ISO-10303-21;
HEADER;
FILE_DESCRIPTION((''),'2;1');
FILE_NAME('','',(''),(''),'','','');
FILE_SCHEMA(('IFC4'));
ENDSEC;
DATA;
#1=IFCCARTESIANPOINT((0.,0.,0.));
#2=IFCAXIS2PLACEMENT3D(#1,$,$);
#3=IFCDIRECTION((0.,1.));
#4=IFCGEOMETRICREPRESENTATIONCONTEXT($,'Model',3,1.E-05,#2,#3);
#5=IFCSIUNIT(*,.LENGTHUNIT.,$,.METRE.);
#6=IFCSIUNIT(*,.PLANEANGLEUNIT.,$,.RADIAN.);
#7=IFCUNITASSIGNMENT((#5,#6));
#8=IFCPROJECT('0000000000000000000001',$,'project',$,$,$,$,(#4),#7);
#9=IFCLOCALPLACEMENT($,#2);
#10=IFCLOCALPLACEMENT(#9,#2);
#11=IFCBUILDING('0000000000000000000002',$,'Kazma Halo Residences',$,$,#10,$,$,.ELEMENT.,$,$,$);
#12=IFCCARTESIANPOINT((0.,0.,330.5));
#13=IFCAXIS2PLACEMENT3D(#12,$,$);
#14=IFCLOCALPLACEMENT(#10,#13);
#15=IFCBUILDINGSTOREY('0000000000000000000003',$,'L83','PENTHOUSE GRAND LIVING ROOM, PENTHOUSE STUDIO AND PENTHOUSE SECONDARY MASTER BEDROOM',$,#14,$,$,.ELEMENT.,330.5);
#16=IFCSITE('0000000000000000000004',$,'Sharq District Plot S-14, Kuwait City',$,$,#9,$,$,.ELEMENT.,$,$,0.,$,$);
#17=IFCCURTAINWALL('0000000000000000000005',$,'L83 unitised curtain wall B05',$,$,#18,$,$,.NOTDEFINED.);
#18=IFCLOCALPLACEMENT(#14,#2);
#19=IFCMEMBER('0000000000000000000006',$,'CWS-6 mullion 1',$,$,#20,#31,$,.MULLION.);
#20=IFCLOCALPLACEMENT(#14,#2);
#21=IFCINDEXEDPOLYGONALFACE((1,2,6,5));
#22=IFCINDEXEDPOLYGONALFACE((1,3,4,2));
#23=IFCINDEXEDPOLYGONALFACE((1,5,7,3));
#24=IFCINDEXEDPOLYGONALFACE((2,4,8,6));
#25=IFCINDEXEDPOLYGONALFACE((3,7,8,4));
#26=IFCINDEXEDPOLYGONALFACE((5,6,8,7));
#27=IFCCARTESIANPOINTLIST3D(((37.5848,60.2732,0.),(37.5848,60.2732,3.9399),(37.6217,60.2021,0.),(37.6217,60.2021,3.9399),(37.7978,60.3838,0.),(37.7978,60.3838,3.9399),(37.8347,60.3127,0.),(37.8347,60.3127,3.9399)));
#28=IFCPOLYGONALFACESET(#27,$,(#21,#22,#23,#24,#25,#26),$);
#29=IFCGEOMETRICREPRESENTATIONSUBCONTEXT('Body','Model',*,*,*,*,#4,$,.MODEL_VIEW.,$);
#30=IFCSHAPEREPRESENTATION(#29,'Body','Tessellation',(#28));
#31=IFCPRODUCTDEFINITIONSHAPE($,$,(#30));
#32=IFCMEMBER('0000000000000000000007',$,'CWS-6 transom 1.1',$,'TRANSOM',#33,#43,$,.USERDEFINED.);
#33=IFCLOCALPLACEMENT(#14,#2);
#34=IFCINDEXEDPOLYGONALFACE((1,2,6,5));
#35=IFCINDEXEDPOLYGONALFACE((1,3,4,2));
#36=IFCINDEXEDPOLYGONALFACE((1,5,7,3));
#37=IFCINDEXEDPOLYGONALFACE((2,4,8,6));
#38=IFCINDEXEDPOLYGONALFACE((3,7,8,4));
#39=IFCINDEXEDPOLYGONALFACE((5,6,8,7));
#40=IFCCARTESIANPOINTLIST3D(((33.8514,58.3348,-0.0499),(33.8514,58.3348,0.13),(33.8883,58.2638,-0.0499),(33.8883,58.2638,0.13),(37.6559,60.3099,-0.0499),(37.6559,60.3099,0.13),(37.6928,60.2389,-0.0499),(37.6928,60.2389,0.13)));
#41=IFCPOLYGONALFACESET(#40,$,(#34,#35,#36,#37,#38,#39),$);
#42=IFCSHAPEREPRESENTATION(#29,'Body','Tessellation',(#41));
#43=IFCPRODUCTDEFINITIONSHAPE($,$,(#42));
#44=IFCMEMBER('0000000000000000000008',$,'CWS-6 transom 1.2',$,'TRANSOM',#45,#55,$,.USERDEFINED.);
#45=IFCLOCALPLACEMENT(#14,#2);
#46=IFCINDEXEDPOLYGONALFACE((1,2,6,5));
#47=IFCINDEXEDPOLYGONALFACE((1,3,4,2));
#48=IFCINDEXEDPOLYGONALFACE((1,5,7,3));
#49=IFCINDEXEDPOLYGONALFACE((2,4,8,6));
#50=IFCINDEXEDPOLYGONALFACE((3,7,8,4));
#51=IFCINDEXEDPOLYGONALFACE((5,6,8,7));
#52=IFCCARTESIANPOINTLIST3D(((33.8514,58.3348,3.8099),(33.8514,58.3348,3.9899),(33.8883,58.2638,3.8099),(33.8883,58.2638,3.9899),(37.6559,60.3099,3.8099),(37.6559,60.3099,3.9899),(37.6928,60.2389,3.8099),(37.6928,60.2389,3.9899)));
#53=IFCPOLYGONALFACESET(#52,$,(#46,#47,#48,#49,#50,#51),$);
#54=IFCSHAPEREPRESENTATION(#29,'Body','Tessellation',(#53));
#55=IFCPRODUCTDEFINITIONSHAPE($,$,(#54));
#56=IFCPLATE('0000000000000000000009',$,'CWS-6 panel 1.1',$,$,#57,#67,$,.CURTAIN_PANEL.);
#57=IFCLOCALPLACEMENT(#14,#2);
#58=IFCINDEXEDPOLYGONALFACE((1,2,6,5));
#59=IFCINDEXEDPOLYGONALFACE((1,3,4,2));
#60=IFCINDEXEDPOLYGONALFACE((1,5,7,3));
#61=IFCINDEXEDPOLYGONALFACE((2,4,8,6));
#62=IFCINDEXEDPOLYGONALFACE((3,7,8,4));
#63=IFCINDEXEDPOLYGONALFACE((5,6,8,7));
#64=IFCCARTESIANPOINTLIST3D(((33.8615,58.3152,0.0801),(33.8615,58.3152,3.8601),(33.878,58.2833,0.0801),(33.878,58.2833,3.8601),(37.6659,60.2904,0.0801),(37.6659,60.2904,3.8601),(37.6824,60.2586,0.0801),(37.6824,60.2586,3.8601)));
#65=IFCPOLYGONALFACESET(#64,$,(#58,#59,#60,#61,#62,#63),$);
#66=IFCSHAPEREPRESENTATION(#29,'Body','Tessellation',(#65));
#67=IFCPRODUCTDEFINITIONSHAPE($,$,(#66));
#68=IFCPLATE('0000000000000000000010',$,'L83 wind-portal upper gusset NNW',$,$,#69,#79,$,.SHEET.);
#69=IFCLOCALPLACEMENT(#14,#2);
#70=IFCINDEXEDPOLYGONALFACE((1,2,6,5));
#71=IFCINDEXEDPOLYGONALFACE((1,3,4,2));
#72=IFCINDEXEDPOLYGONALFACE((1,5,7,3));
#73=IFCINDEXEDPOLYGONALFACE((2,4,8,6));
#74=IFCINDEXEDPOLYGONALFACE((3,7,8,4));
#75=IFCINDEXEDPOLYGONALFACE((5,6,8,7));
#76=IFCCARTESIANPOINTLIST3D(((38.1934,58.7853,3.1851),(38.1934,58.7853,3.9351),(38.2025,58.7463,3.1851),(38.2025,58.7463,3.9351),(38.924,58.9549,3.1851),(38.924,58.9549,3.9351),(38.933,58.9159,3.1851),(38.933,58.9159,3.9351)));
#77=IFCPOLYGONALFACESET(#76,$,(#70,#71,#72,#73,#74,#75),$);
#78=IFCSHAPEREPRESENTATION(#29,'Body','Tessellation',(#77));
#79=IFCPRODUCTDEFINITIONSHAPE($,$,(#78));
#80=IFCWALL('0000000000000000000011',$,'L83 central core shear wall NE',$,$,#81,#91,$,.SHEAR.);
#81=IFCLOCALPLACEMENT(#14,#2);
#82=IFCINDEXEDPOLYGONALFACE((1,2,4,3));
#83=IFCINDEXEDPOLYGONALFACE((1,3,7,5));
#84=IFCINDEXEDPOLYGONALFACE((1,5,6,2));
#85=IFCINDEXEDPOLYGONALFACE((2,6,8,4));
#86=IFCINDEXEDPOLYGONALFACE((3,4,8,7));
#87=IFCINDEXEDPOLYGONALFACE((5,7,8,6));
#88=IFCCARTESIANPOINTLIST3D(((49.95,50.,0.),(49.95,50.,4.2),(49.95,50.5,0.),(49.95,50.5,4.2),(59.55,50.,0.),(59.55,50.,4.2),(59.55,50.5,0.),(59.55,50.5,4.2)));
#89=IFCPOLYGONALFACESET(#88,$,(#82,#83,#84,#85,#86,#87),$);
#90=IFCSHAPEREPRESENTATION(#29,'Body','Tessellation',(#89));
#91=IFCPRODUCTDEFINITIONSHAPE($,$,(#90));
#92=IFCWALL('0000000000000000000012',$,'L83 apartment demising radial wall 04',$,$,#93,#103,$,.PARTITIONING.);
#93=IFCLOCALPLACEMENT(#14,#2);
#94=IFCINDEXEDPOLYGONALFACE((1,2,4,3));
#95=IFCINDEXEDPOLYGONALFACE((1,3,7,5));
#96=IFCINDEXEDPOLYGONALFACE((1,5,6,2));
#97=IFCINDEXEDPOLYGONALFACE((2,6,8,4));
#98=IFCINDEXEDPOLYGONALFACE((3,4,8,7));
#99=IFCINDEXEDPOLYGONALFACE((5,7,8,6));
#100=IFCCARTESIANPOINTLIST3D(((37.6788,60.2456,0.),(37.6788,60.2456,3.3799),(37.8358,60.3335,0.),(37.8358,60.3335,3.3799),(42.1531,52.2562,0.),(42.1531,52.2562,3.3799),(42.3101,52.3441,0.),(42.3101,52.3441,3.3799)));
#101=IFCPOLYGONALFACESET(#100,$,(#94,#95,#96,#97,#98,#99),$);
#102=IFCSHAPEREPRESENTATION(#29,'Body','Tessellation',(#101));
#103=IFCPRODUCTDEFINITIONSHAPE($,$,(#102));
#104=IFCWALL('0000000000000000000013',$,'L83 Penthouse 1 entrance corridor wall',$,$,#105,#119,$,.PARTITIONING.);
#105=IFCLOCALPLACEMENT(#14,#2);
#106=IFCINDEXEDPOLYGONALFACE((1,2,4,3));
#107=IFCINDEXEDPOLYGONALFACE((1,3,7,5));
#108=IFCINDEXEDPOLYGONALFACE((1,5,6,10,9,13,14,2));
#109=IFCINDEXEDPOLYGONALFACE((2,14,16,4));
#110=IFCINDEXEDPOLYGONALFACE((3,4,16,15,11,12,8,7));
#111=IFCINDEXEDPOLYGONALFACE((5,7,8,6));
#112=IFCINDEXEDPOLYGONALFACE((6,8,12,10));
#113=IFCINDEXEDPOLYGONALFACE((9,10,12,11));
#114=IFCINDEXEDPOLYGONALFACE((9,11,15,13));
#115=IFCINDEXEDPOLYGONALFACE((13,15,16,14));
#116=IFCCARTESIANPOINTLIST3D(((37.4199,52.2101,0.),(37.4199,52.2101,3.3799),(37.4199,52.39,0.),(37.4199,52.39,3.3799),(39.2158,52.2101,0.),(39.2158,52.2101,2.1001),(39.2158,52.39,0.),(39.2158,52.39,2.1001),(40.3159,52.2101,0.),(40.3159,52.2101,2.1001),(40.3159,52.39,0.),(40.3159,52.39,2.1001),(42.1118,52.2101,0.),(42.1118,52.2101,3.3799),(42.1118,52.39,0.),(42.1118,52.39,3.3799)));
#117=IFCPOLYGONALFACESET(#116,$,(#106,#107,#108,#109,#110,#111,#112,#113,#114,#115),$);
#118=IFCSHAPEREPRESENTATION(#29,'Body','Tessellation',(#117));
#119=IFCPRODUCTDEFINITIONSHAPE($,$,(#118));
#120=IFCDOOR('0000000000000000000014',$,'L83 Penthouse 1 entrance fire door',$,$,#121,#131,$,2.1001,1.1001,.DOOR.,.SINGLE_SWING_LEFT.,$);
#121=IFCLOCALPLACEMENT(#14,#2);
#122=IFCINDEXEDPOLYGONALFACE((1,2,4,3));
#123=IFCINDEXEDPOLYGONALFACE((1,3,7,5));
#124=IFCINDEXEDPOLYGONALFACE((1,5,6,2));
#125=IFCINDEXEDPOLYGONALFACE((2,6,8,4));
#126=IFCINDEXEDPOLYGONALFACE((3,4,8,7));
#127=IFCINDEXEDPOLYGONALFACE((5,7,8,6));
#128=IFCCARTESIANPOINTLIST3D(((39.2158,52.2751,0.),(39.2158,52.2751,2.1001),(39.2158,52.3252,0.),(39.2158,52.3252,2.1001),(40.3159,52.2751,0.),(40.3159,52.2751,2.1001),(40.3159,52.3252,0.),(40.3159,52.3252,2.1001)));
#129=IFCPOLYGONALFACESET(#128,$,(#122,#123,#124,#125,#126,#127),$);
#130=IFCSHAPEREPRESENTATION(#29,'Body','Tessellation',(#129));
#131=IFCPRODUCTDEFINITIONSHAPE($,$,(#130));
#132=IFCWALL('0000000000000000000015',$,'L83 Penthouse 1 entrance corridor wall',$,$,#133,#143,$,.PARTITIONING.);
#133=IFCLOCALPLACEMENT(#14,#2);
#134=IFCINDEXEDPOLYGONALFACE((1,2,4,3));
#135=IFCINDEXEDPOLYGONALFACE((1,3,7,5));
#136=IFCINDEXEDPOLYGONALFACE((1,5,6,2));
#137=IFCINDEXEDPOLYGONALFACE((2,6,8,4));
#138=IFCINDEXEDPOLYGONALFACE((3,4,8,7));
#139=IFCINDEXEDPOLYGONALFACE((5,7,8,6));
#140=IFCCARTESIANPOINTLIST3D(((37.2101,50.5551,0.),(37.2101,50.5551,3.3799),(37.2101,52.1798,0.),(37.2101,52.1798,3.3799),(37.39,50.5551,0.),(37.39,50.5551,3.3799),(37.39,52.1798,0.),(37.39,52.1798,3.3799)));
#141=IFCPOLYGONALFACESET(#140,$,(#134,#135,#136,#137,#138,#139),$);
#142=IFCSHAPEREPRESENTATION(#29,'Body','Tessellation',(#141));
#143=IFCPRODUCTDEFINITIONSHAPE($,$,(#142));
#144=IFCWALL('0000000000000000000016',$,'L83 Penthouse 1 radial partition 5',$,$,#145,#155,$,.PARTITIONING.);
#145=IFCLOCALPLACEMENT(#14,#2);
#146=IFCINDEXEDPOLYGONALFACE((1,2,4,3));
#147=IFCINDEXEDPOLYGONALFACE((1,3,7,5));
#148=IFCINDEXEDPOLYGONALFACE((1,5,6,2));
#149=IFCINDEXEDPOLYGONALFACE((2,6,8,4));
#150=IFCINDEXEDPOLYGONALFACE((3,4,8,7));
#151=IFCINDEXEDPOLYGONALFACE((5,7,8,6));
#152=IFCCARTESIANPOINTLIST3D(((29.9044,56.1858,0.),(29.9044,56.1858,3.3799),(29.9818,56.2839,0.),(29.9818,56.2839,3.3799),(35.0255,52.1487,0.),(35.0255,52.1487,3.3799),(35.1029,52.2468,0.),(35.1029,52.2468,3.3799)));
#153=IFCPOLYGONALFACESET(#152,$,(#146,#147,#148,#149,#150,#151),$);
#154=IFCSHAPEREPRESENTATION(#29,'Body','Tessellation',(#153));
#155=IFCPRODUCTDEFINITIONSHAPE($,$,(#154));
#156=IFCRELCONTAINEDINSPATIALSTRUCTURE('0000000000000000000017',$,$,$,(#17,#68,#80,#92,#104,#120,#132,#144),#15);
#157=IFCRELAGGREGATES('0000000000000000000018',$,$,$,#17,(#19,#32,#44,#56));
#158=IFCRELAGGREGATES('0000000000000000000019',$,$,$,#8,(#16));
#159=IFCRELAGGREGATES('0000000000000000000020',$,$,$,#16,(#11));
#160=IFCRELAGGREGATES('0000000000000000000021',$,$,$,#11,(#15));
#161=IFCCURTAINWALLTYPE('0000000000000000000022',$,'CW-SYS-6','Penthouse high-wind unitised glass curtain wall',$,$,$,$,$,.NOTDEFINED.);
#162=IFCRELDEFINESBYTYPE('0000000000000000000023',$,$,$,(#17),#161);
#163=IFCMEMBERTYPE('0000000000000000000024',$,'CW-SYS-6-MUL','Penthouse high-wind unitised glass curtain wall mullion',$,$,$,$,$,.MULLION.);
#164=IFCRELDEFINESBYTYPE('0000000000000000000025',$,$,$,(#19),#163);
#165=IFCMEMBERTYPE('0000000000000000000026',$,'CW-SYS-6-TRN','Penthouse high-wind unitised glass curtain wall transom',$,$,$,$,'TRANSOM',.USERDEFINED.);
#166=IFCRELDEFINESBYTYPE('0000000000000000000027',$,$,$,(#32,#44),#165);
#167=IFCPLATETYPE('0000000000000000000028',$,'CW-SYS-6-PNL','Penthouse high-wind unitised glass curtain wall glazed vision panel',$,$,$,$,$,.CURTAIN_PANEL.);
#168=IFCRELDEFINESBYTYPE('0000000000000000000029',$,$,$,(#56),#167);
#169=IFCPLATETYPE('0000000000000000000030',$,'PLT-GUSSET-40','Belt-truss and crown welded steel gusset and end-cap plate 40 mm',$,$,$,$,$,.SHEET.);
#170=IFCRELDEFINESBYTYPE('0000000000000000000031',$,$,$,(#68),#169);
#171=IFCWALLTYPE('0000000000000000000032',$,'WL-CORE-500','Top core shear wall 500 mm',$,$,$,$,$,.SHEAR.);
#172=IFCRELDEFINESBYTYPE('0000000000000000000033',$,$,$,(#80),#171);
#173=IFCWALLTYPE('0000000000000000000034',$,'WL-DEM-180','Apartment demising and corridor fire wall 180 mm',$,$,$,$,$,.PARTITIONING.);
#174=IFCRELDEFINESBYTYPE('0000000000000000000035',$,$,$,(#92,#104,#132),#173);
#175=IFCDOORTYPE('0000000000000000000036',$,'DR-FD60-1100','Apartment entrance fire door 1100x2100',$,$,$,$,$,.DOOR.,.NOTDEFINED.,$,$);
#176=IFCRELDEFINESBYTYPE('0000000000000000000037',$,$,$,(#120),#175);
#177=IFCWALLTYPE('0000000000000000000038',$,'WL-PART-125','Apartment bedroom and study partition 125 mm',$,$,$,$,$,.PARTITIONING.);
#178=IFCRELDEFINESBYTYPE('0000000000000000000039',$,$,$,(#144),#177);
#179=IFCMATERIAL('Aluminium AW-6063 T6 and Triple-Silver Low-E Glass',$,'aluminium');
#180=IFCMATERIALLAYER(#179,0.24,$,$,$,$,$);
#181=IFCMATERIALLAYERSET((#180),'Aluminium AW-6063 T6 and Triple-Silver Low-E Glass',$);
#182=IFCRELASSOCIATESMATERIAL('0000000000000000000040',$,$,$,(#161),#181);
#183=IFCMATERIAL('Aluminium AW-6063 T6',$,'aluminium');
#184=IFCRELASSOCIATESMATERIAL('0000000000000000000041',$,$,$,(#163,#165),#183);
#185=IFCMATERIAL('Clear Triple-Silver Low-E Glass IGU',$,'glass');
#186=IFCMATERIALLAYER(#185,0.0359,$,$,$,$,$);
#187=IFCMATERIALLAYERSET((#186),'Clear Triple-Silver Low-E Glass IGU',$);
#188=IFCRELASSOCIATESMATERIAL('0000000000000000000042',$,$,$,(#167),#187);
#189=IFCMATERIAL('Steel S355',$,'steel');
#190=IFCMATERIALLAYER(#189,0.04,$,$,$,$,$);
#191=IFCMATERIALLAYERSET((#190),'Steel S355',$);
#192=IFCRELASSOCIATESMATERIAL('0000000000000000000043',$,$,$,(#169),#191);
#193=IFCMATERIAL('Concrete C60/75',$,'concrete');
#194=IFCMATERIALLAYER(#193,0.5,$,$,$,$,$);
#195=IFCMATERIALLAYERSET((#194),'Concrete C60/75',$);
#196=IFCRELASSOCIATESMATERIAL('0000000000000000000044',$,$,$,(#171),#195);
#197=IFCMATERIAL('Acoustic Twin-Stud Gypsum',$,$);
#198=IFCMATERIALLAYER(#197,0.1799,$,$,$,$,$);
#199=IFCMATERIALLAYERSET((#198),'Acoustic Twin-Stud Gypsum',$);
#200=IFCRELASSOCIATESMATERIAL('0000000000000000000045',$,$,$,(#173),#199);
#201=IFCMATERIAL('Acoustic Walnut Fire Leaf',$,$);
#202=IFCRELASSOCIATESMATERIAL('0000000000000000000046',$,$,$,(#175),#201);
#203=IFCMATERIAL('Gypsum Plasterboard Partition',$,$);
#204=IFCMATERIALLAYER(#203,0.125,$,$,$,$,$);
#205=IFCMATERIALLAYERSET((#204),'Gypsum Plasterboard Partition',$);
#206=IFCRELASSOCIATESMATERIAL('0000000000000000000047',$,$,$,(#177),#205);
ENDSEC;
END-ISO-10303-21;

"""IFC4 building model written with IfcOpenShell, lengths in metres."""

from ifc_helpers import new_model, si_unit, direction, frame, frame_2d, origin, origin_2d, place, context, subcontext, project, spatial, rectangle, extrude, material, layer, layer_set, material_profile, profile_set, type_object, element, fill, aggregate, save


model = new_model("IFC4")

# Units and contexts
model_context = context("Model", 3, precision=1e-05, world=origin(), true_north=direction((0.0, 1.0)))
body_context = subcontext(model_context, "Body", "Model", "MODEL_VIEW")
ifc_project = project(units=[si_unit("LENGTHUNIT", "METRE"), si_unit("PLANEANGLEUNIT", "RADIAN")], contexts=[model_context])

# Site, building, storey
site_placement = place(None, origin())
site = spatial("IfcSite", under=ifc_project, at=site_placement, Name="Sharq District Plot S-14, Kuwait City", CompositionType="ELEMENT", RefElevation=0.0)
building_placement = place(site_placement, origin())
building = spatial("IfcBuilding", under=site, at=building_placement, Name="Kazma Halo Residences", CompositionType="ELEMENT")
storey_placement = place(building_placement, frame((0.0, 0.0, 330.5)))
storey = spatial("IfcBuildingStorey", under=building, at=storey_placement, Name="L83", Description="PENTHOUSE GRAND LIVING ROOM, PENTHOUSE STUDIO AND PENTHOUSE SECONDARY MASTER BEDROOM", CompositionType="ELEMENT", Elevation=330.5)

# Shared definitions
ifc_material_1 = material(Name="Concrete C60/75", Category="concrete")

# Shared definitions
ifc_material_2 = material(Name="Steel S355", Category="steel")

# Curtain wall, members, plate
ifc_material_3 = material(Name="Aluminium AW-6063 T6 and Triple-Silver Low-E Glass", Category="aluminium")
ifc_layer_1 = layer(ifc_material_3, 0.24)
ifc_layer_set_1 = layer_set([ifc_layer_1], Name="Aluminium AW-6063 T6 and Triple-Silver Low-E Glass")
curtain_wall_type = type_object("IfcCurtainWallType", Name="CW-SYS-6", Description="Penthouse high-wind unitised glass curtain wall", PredefinedType="NOTDEFINED", material=ifc_layer_set_1)
curtain_wall_placement = place(storey_placement, origin())
curtain_wall = element("IfcCurtainWall", 1, at=curtain_wall_placement, inside=storey, type_object=curtain_wall_type, Name="L83 unitised curtain wall B05", PredefinedType="NOTDEFINED")
ifc_material_4 = material(Name="Aluminium AW-6063 T6", Category="aluminium")
ifc_material_profile_1 = material_profile(ifc_material_4, rectangle(XDim=0.0801, YDim=0.24, at=origin_2d()), Name="CWM-80x240")
ifc_profile_set_1 = profile_set([ifc_material_profile_1], Name="Aluminium AW-6063 T6")
member_type_1 = type_object("IfcMemberType", Name="CW-SYS-6-MUL", Description="Penthouse high-wind unitised glass curtain wall mullion", PredefinedType="MULLION", material=ifc_profile_set_1)
member_1_placement = place(storey_placement, frame((37.7097, 60.293, 0.0), z_axis=(0.0, 0.0, 1.0), x_axis=(0.460796, -0.887506, 0.0)))
member_1 = element("IfcMember", 2, at=member_1_placement, type_object=member_type_1, Name="CWS-6 mullion 1", PredefinedType="MULLION", context=body_context, shape_type="SweptSolid", body=[
    extrude(rectangle(XDim=0.0801, YDim=0.24, at=origin_2d()), origin(), (0.0, 0.0, 1.0), 3.9399),
])
ifc_material_profile_2 = material_profile(ifc_material_4, rectangle(XDim=0.0801, YDim=0.1799, at=origin_2d()), Name="CWT-80x180")
ifc_profile_set_2 = profile_set([ifc_material_profile_2], Name="Aluminium AW-6063 T6")
member_type_2 = type_object("IfcMemberType", Name="CW-SYS-6-TRN", Description="Penthouse high-wind unitised glass curtain wall transom", ElementType="TRANSOM", PredefinedType="USERDEFINED", material=ifc_profile_set_2)
member_2_placement = place(storey_placement, frame((37.6743, 60.2744, 0.04), z_axis=(-0.887523, -0.460763, 0.0), x_axis=(0.460763, -0.887523, 0.0)))
member_2 = element("IfcMember", 3, at=member_2_placement, type_object=member_type_2, Name="CWS-6 transom 1.1", ObjectType="TRANSOM", PredefinedType="USERDEFINED", context=body_context, shape_type="SweptSolid", body=[
    extrude(rectangle(XDim=0.0801, YDim=0.1799, at=origin_2d()), origin(), (0.0, 0.0, 1.0), 4.2866),
])
member_3_placement = place(storey_placement, frame((37.6743, 60.2744, 3.8999), z_axis=(-0.887523, -0.460763, 0.0), x_axis=(0.460763, -0.887523, 0.0)))
member_3 = element("IfcMember", 4, at=member_3_placement, type_object=member_type_2, Name="CWS-6 transom 1.2", ObjectType="TRANSOM", PredefinedType="USERDEFINED", context=body_context, shape_type="SweptSolid", body=[
    extrude(rectangle(XDim=0.0801, YDim=0.1799, at=origin_2d()), origin(), (0.0, 0.0, 1.0), 4.2866),
])
ifc_material_5 = material(Name="Clear Triple-Silver Low-E Glass IGU", Category="glass")
ifc_layer_2 = layer(ifc_material_5, 0.0359)
ifc_layer_set_2 = layer_set([ifc_layer_2], Name="Clear Triple-Silver Low-E Glass IGU")
plate_type_1 = type_object("IfcPlateType", Name="CW-SYS-6-PNL", Description="Penthouse high-wind unitised glass curtain wall glazed vision panel", PredefinedType="CURTAIN_PANEL", material=ifc_layer_set_2)
plate_1_placement = place(storey_placement, frame((35.772, 59.2869, 0.0801), z_axis=(0.0, 0.0, 1.0), x_axis=(-0.887506, -0.460796, 0.0)))
plate_1 = element("IfcPlate", 5, at=plate_1_placement, type_object=plate_type_1, Name="CWS-6 panel 1.1", PredefinedType="CURTAIN_PANEL", context=body_context, shape_type="SweptSolid", body=[
    extrude(rectangle(XDim=4.2866, YDim=0.0359, at=origin_2d()), origin(), (0.0, 0.0, 1.0), 3.78),
])
aggregate(curtain_wall, [member_1, member_2, member_3, plate_1])

# Plate
ifc_layer_3 = layer(ifc_material_2, 0.04)
ifc_layer_set_3 = layer_set([ifc_layer_3], Name="Steel S355")
plate_type_2 = type_object("IfcPlateType", Name="PLT-GUSSET-40", Description="Belt-truss and crown welded steel gusset and end-cap plate 40 mm", PredefinedType="SHEET", material=ifc_layer_set_3)
plate_2_placement = place(storey_placement, frame((38.5632, 58.8506, 3.1851), z_axis=(0.0, 0.0, 1.0), x_axis=(-0.974084, -0.226188, 0.0)))
element("IfcPlate", 6, at=plate_2_placement, inside=storey, type_object=plate_type_2, Name="L83 wind-portal upper gusset NNW", PredefinedType="SHEET", context=body_context, shape_type="SweptSolid", body=[
    extrude(rectangle(XDim=0.75, YDim=0.04, at=origin_2d()), origin(), (0.0, 0.0, 1.0), 0.75),
])

# Walls
ifc_layer_4 = layer(ifc_material_1, 0.5)
ifc_layer_set_4 = layer_set([ifc_layer_4], Name="Concrete C60/75")
wall_type_1 = type_object("IfcWallType", Name="WL-CORE-500", Description="Top core shear wall 500 mm", PredefinedType="SHEAR", material=ifc_layer_set_4)
wall_1_placement = place(storey_placement, frame((49.95, 50.25, 0.0), z_axis=(0.0, 0.0, 1.0), x_axis=(1.0, 0.0, 0.0)))
element("IfcWall", 7, at=wall_1_placement, inside=storey, type_object=wall_type_1, Name="L83 central core shear wall NE", PredefinedType="SHEAR", context=body_context, shape_type="SweptSolid", body=[
    extrude(rectangle(XDim=9.6001, YDim=0.5, at=frame_2d((4.8, 0.0))), origin(), (0.0, 0.0, 1.0), 4.2),
])
ifc_material_6 = material(Name="Acoustic Twin-Stud Gypsum")
ifc_layer_5 = layer(ifc_material_6, 0.1799)
ifc_layer_set_5 = layer_set([ifc_layer_5], Name="Acoustic Twin-Stud Gypsum")
wall_type_2 = type_object("IfcWallType", Name="WL-DEM-180", Description="Apartment demising and corridor fire wall 180 mm", PredefinedType="PARTITIONING", material=ifc_layer_set_5)
wall_2_placement = place(storey_placement, frame((42.2317, 52.3, 0.0), z_axis=(0.0, 0.0, 1.0), x_axis=(-0.488624, 0.872495, 0.0)))
element("IfcWall", 8, at=wall_2_placement, inside=storey, type_object=wall_type_2, Name="L83 apartment demising radial wall 04", PredefinedType="PARTITIONING", context=body_context, shape_type="SweptSolid", body=[
    extrude(rectangle(XDim=9.157, YDim=0.1799, at=frame_2d((4.5786, 0.0))), origin(), (0.0, 0.0, 1.0), 3.3799),
])

# Wall, opening, door
wall_3_placement = place(storey_placement, frame((42.1118, 52.3, 0.0), z_axis=(0.0, 0.0, 1.0), x_axis=(-1.0, 0.0, 0.0)))
wall_3 = element("IfcWall", 9, at=wall_3_placement, inside=storey, type_object=wall_type_2, Name="L83 Penthouse 1 entrance corridor wall", PredefinedType="PARTITIONING", context=body_context, shape_type="SweptSolid", body=[
    extrude(rectangle(XDim=4.6919, YDim=0.1799, at=frame_2d((2.3459, 0.0))), origin(), (0.0, 0.0, 1.0), 3.3799),
])
opening_1_placement = place(wall_3_placement, frame((1.7959, 0.0, 0.0)))
opening_1 = element("IfcOpeningElement", 10, at=opening_1_placement, cuts=wall_3, PredefinedType="OPENING", context=body_context, shape_type="SweptSolid", body=[
    extrude(rectangle(XDim=1.1001, YDim=2.1001, at=frame_2d((0.55, 1.05))), frame((0.0, 0.0999, 0.0), z_axis=(0.0, -1.0, 0.0), x_axis=(1.0, 0.0, 0.0)), (0.0, 0.0, 1.0), 0.2),
])
ifc_material_7 = material(Name="Acoustic Walnut Fire Leaf")
door_type_1 = type_object("IfcDoorType", Name="DR-FD60-1100", Description="Apartment entrance fire door 1100x2100", OperationType="NOTDEFINED", PredefinedType="DOOR", material=ifc_material_7)
door_1_placement = place(opening_1_placement, origin())
door_1 = element("IfcDoor", 11, at=door_1_placement, inside=storey, type_object=door_type_1, Name="L83 Penthouse 1 entrance fire door", OperationType="SINGLE_SWING_LEFT", OverallHeight=2.1001, OverallWidth=1.1001, PredefinedType="DOOR", context=body_context, shape_type="SweptSolid", body=[
    extrude(rectangle(XDim=1.1001, YDim=2.1001, at=frame_2d((0.55, 1.05))), frame((0.0, 0.0249, 0.0), z_axis=(0.0, -1.0, 0.0), x_axis=(1.0, 0.0, 0.0)), (0.0, 0.0, 1.0), 0.05),
])
fill(opening_1, door_1)

# Walls
wall_4_placement = place(storey_placement, frame((37.3, 52.1799, 0.0), z_axis=(0.0, 0.0, 1.0), x_axis=(0.0, -1.0, 0.0)))
element("IfcWall", 12, at=wall_4_placement, inside=storey, type_object=wall_type_2, Name="L83 Penthouse 1 entrance corridor wall", PredefinedType="PARTITIONING", context=body_context, shape_type="SweptSolid", body=[
    extrude(rectangle(XDim=1.6248, YDim=0.1799, at=frame_2d((0.8125, 0.0))), origin(), (0.0, 0.0, 1.0), 3.3799),
])
ifc_material_8 = material(Name="Gypsum Plasterboard Partition")
ifc_layer_6 = layer(ifc_material_8, 0.125)
ifc_layer_set_6 = layer_set([ifc_layer_6], Name="Gypsum Plasterboard Partition")
wall_type_3 = type_object("IfcWallType", Name="WL-PART-125", Description="Apartment bedroom and study partition 125 mm", PredefinedType="PARTITIONING", material=ifc_layer_set_6)
wall_5_placement = place(storey_placement, frame((35.0642, 52.1978, 0.0), z_axis=(0.0, 0.0, 1.0), x_axis=(-0.78532, 0.619091, 0.0)))
element("IfcWall", 13, at=wall_5_placement, inside=storey, type_object=wall_type_3, Name="L83 Penthouse 1 radial partition 5", PredefinedType="PARTITIONING", context=body_context, shape_type="SweptSolid", body=[
    extrude(rectangle(XDim=6.521, YDim=0.125, at=frame_2d((3.2605, 0.0))), origin(), (0.0, 0.0, 1.0), 3.3799),
])

save(model, "model.ifc")
